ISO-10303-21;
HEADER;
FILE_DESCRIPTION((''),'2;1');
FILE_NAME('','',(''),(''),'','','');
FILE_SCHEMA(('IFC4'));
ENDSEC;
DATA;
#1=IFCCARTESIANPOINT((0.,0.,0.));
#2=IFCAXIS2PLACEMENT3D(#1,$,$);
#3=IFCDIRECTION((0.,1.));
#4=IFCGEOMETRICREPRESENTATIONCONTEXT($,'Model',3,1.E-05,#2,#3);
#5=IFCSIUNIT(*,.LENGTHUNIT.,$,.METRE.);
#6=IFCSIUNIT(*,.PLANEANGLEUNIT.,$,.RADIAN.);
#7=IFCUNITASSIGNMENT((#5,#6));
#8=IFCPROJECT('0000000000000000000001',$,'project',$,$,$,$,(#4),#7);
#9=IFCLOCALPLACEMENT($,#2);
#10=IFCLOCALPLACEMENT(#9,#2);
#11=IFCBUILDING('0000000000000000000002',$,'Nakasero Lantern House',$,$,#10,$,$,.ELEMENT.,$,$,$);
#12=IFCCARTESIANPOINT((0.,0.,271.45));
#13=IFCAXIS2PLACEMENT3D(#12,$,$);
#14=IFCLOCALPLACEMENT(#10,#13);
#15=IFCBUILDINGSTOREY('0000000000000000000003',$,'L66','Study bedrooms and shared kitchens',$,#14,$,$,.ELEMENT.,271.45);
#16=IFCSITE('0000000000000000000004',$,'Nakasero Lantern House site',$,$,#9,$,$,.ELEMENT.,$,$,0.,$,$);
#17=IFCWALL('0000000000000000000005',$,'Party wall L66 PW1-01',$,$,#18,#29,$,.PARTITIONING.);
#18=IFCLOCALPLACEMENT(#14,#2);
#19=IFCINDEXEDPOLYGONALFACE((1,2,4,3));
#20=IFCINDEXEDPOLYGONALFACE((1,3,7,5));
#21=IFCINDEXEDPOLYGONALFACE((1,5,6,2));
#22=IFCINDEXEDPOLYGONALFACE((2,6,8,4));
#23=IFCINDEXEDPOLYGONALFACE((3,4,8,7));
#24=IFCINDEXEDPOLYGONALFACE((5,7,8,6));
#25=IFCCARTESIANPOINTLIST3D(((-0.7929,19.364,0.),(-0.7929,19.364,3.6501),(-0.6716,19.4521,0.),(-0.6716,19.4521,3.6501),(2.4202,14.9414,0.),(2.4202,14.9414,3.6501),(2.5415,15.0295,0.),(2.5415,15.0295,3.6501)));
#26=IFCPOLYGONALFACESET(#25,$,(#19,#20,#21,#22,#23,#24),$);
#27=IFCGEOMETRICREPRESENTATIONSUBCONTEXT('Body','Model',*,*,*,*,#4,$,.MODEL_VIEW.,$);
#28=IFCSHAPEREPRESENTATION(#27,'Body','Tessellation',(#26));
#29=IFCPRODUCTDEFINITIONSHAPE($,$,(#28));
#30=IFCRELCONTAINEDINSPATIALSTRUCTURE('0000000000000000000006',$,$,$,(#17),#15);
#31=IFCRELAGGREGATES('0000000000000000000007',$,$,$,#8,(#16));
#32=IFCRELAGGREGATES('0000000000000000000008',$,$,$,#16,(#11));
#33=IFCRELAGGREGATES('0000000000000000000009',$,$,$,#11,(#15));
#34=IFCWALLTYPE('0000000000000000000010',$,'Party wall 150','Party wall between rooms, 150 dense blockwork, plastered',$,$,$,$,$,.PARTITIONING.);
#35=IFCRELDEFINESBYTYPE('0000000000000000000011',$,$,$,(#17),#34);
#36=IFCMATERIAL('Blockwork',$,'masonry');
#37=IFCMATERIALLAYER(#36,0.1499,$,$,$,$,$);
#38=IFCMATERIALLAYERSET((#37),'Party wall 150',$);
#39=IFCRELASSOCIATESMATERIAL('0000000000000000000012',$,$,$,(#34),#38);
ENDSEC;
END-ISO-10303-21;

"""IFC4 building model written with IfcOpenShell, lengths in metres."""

from ifc_helpers import new_model, si_unit, direction, frame, frame_2d, origin, place, context, subcontext, project, spatial, rectangle, extrude, material, layer, layer_set, type_object, element, save


model = new_model("IFC4")

# Units and contexts
model_context = context("Model", 3, precision=1e-05, world=origin(), true_north=direction((0.0, 1.0)))
body_context = subcontext(model_context, "Body", "Model", "MODEL_VIEW")
ifc_project = project(units=[si_unit("LENGTHUNIT", "METRE"), si_unit("PLANEANGLEUNIT", "RADIAN")], contexts=[model_context])

# Site, building, storey
site_placement = place(None, origin())
site = spatial("IfcSite", under=ifc_project, at=site_placement, Name="Nakasero Lantern House site", CompositionType="ELEMENT", RefElevation=0.0)
building_placement = place(site_placement, origin())
building = spatial("IfcBuilding", under=site, at=building_placement, Name="Nakasero Lantern House", CompositionType="ELEMENT")
storey_placement = place(building_placement, frame((0.0, 0.0, 271.45)))
storey = spatial("IfcBuildingStorey", under=building, at=storey_placement, Name="L66", Description="Study bedrooms and shared kitchens", CompositionType="ELEMENT", Elevation=271.45)

# Shared definitions
ifc_material_1 = material(Name="Blockwork", Category="masonry")
ifc_layer_1 = layer(ifc_material_1, 0.1499)
ifc_layer_set_1 = layer_set([ifc_layer_1], Name="Party wall 150")
wall_type_1 = type_object("IfcWallType", Name="Party wall 150", Description="Party wall between rooms, 150 dense blockwork, plastered", PredefinedType="PARTITIONING", material=ifc_layer_set_1)

# Wall
wall_1_placement = place(storey_placement, frame((2.481, 14.9854, 0.0), z_axis=(0.0, 0.0, 1.0), x_axis=(-0.587776, 0.809024, 0.0)))
element("IfcWall", 1, at=wall_1_placement, inside=storey, type_object=wall_type_1, Name="Party wall L66 PW1-01", PredefinedType="PARTITIONING", context=body_context, shape_type="SweptSolid", body=[
    extrude(rectangle(XDim=5.4666, YDim=0.1499, at=frame_2d((2.7334, 0.0))), origin(), (0.0, 0.0, 1.0), 3.6501),
])

save(model, "model.ifc")
